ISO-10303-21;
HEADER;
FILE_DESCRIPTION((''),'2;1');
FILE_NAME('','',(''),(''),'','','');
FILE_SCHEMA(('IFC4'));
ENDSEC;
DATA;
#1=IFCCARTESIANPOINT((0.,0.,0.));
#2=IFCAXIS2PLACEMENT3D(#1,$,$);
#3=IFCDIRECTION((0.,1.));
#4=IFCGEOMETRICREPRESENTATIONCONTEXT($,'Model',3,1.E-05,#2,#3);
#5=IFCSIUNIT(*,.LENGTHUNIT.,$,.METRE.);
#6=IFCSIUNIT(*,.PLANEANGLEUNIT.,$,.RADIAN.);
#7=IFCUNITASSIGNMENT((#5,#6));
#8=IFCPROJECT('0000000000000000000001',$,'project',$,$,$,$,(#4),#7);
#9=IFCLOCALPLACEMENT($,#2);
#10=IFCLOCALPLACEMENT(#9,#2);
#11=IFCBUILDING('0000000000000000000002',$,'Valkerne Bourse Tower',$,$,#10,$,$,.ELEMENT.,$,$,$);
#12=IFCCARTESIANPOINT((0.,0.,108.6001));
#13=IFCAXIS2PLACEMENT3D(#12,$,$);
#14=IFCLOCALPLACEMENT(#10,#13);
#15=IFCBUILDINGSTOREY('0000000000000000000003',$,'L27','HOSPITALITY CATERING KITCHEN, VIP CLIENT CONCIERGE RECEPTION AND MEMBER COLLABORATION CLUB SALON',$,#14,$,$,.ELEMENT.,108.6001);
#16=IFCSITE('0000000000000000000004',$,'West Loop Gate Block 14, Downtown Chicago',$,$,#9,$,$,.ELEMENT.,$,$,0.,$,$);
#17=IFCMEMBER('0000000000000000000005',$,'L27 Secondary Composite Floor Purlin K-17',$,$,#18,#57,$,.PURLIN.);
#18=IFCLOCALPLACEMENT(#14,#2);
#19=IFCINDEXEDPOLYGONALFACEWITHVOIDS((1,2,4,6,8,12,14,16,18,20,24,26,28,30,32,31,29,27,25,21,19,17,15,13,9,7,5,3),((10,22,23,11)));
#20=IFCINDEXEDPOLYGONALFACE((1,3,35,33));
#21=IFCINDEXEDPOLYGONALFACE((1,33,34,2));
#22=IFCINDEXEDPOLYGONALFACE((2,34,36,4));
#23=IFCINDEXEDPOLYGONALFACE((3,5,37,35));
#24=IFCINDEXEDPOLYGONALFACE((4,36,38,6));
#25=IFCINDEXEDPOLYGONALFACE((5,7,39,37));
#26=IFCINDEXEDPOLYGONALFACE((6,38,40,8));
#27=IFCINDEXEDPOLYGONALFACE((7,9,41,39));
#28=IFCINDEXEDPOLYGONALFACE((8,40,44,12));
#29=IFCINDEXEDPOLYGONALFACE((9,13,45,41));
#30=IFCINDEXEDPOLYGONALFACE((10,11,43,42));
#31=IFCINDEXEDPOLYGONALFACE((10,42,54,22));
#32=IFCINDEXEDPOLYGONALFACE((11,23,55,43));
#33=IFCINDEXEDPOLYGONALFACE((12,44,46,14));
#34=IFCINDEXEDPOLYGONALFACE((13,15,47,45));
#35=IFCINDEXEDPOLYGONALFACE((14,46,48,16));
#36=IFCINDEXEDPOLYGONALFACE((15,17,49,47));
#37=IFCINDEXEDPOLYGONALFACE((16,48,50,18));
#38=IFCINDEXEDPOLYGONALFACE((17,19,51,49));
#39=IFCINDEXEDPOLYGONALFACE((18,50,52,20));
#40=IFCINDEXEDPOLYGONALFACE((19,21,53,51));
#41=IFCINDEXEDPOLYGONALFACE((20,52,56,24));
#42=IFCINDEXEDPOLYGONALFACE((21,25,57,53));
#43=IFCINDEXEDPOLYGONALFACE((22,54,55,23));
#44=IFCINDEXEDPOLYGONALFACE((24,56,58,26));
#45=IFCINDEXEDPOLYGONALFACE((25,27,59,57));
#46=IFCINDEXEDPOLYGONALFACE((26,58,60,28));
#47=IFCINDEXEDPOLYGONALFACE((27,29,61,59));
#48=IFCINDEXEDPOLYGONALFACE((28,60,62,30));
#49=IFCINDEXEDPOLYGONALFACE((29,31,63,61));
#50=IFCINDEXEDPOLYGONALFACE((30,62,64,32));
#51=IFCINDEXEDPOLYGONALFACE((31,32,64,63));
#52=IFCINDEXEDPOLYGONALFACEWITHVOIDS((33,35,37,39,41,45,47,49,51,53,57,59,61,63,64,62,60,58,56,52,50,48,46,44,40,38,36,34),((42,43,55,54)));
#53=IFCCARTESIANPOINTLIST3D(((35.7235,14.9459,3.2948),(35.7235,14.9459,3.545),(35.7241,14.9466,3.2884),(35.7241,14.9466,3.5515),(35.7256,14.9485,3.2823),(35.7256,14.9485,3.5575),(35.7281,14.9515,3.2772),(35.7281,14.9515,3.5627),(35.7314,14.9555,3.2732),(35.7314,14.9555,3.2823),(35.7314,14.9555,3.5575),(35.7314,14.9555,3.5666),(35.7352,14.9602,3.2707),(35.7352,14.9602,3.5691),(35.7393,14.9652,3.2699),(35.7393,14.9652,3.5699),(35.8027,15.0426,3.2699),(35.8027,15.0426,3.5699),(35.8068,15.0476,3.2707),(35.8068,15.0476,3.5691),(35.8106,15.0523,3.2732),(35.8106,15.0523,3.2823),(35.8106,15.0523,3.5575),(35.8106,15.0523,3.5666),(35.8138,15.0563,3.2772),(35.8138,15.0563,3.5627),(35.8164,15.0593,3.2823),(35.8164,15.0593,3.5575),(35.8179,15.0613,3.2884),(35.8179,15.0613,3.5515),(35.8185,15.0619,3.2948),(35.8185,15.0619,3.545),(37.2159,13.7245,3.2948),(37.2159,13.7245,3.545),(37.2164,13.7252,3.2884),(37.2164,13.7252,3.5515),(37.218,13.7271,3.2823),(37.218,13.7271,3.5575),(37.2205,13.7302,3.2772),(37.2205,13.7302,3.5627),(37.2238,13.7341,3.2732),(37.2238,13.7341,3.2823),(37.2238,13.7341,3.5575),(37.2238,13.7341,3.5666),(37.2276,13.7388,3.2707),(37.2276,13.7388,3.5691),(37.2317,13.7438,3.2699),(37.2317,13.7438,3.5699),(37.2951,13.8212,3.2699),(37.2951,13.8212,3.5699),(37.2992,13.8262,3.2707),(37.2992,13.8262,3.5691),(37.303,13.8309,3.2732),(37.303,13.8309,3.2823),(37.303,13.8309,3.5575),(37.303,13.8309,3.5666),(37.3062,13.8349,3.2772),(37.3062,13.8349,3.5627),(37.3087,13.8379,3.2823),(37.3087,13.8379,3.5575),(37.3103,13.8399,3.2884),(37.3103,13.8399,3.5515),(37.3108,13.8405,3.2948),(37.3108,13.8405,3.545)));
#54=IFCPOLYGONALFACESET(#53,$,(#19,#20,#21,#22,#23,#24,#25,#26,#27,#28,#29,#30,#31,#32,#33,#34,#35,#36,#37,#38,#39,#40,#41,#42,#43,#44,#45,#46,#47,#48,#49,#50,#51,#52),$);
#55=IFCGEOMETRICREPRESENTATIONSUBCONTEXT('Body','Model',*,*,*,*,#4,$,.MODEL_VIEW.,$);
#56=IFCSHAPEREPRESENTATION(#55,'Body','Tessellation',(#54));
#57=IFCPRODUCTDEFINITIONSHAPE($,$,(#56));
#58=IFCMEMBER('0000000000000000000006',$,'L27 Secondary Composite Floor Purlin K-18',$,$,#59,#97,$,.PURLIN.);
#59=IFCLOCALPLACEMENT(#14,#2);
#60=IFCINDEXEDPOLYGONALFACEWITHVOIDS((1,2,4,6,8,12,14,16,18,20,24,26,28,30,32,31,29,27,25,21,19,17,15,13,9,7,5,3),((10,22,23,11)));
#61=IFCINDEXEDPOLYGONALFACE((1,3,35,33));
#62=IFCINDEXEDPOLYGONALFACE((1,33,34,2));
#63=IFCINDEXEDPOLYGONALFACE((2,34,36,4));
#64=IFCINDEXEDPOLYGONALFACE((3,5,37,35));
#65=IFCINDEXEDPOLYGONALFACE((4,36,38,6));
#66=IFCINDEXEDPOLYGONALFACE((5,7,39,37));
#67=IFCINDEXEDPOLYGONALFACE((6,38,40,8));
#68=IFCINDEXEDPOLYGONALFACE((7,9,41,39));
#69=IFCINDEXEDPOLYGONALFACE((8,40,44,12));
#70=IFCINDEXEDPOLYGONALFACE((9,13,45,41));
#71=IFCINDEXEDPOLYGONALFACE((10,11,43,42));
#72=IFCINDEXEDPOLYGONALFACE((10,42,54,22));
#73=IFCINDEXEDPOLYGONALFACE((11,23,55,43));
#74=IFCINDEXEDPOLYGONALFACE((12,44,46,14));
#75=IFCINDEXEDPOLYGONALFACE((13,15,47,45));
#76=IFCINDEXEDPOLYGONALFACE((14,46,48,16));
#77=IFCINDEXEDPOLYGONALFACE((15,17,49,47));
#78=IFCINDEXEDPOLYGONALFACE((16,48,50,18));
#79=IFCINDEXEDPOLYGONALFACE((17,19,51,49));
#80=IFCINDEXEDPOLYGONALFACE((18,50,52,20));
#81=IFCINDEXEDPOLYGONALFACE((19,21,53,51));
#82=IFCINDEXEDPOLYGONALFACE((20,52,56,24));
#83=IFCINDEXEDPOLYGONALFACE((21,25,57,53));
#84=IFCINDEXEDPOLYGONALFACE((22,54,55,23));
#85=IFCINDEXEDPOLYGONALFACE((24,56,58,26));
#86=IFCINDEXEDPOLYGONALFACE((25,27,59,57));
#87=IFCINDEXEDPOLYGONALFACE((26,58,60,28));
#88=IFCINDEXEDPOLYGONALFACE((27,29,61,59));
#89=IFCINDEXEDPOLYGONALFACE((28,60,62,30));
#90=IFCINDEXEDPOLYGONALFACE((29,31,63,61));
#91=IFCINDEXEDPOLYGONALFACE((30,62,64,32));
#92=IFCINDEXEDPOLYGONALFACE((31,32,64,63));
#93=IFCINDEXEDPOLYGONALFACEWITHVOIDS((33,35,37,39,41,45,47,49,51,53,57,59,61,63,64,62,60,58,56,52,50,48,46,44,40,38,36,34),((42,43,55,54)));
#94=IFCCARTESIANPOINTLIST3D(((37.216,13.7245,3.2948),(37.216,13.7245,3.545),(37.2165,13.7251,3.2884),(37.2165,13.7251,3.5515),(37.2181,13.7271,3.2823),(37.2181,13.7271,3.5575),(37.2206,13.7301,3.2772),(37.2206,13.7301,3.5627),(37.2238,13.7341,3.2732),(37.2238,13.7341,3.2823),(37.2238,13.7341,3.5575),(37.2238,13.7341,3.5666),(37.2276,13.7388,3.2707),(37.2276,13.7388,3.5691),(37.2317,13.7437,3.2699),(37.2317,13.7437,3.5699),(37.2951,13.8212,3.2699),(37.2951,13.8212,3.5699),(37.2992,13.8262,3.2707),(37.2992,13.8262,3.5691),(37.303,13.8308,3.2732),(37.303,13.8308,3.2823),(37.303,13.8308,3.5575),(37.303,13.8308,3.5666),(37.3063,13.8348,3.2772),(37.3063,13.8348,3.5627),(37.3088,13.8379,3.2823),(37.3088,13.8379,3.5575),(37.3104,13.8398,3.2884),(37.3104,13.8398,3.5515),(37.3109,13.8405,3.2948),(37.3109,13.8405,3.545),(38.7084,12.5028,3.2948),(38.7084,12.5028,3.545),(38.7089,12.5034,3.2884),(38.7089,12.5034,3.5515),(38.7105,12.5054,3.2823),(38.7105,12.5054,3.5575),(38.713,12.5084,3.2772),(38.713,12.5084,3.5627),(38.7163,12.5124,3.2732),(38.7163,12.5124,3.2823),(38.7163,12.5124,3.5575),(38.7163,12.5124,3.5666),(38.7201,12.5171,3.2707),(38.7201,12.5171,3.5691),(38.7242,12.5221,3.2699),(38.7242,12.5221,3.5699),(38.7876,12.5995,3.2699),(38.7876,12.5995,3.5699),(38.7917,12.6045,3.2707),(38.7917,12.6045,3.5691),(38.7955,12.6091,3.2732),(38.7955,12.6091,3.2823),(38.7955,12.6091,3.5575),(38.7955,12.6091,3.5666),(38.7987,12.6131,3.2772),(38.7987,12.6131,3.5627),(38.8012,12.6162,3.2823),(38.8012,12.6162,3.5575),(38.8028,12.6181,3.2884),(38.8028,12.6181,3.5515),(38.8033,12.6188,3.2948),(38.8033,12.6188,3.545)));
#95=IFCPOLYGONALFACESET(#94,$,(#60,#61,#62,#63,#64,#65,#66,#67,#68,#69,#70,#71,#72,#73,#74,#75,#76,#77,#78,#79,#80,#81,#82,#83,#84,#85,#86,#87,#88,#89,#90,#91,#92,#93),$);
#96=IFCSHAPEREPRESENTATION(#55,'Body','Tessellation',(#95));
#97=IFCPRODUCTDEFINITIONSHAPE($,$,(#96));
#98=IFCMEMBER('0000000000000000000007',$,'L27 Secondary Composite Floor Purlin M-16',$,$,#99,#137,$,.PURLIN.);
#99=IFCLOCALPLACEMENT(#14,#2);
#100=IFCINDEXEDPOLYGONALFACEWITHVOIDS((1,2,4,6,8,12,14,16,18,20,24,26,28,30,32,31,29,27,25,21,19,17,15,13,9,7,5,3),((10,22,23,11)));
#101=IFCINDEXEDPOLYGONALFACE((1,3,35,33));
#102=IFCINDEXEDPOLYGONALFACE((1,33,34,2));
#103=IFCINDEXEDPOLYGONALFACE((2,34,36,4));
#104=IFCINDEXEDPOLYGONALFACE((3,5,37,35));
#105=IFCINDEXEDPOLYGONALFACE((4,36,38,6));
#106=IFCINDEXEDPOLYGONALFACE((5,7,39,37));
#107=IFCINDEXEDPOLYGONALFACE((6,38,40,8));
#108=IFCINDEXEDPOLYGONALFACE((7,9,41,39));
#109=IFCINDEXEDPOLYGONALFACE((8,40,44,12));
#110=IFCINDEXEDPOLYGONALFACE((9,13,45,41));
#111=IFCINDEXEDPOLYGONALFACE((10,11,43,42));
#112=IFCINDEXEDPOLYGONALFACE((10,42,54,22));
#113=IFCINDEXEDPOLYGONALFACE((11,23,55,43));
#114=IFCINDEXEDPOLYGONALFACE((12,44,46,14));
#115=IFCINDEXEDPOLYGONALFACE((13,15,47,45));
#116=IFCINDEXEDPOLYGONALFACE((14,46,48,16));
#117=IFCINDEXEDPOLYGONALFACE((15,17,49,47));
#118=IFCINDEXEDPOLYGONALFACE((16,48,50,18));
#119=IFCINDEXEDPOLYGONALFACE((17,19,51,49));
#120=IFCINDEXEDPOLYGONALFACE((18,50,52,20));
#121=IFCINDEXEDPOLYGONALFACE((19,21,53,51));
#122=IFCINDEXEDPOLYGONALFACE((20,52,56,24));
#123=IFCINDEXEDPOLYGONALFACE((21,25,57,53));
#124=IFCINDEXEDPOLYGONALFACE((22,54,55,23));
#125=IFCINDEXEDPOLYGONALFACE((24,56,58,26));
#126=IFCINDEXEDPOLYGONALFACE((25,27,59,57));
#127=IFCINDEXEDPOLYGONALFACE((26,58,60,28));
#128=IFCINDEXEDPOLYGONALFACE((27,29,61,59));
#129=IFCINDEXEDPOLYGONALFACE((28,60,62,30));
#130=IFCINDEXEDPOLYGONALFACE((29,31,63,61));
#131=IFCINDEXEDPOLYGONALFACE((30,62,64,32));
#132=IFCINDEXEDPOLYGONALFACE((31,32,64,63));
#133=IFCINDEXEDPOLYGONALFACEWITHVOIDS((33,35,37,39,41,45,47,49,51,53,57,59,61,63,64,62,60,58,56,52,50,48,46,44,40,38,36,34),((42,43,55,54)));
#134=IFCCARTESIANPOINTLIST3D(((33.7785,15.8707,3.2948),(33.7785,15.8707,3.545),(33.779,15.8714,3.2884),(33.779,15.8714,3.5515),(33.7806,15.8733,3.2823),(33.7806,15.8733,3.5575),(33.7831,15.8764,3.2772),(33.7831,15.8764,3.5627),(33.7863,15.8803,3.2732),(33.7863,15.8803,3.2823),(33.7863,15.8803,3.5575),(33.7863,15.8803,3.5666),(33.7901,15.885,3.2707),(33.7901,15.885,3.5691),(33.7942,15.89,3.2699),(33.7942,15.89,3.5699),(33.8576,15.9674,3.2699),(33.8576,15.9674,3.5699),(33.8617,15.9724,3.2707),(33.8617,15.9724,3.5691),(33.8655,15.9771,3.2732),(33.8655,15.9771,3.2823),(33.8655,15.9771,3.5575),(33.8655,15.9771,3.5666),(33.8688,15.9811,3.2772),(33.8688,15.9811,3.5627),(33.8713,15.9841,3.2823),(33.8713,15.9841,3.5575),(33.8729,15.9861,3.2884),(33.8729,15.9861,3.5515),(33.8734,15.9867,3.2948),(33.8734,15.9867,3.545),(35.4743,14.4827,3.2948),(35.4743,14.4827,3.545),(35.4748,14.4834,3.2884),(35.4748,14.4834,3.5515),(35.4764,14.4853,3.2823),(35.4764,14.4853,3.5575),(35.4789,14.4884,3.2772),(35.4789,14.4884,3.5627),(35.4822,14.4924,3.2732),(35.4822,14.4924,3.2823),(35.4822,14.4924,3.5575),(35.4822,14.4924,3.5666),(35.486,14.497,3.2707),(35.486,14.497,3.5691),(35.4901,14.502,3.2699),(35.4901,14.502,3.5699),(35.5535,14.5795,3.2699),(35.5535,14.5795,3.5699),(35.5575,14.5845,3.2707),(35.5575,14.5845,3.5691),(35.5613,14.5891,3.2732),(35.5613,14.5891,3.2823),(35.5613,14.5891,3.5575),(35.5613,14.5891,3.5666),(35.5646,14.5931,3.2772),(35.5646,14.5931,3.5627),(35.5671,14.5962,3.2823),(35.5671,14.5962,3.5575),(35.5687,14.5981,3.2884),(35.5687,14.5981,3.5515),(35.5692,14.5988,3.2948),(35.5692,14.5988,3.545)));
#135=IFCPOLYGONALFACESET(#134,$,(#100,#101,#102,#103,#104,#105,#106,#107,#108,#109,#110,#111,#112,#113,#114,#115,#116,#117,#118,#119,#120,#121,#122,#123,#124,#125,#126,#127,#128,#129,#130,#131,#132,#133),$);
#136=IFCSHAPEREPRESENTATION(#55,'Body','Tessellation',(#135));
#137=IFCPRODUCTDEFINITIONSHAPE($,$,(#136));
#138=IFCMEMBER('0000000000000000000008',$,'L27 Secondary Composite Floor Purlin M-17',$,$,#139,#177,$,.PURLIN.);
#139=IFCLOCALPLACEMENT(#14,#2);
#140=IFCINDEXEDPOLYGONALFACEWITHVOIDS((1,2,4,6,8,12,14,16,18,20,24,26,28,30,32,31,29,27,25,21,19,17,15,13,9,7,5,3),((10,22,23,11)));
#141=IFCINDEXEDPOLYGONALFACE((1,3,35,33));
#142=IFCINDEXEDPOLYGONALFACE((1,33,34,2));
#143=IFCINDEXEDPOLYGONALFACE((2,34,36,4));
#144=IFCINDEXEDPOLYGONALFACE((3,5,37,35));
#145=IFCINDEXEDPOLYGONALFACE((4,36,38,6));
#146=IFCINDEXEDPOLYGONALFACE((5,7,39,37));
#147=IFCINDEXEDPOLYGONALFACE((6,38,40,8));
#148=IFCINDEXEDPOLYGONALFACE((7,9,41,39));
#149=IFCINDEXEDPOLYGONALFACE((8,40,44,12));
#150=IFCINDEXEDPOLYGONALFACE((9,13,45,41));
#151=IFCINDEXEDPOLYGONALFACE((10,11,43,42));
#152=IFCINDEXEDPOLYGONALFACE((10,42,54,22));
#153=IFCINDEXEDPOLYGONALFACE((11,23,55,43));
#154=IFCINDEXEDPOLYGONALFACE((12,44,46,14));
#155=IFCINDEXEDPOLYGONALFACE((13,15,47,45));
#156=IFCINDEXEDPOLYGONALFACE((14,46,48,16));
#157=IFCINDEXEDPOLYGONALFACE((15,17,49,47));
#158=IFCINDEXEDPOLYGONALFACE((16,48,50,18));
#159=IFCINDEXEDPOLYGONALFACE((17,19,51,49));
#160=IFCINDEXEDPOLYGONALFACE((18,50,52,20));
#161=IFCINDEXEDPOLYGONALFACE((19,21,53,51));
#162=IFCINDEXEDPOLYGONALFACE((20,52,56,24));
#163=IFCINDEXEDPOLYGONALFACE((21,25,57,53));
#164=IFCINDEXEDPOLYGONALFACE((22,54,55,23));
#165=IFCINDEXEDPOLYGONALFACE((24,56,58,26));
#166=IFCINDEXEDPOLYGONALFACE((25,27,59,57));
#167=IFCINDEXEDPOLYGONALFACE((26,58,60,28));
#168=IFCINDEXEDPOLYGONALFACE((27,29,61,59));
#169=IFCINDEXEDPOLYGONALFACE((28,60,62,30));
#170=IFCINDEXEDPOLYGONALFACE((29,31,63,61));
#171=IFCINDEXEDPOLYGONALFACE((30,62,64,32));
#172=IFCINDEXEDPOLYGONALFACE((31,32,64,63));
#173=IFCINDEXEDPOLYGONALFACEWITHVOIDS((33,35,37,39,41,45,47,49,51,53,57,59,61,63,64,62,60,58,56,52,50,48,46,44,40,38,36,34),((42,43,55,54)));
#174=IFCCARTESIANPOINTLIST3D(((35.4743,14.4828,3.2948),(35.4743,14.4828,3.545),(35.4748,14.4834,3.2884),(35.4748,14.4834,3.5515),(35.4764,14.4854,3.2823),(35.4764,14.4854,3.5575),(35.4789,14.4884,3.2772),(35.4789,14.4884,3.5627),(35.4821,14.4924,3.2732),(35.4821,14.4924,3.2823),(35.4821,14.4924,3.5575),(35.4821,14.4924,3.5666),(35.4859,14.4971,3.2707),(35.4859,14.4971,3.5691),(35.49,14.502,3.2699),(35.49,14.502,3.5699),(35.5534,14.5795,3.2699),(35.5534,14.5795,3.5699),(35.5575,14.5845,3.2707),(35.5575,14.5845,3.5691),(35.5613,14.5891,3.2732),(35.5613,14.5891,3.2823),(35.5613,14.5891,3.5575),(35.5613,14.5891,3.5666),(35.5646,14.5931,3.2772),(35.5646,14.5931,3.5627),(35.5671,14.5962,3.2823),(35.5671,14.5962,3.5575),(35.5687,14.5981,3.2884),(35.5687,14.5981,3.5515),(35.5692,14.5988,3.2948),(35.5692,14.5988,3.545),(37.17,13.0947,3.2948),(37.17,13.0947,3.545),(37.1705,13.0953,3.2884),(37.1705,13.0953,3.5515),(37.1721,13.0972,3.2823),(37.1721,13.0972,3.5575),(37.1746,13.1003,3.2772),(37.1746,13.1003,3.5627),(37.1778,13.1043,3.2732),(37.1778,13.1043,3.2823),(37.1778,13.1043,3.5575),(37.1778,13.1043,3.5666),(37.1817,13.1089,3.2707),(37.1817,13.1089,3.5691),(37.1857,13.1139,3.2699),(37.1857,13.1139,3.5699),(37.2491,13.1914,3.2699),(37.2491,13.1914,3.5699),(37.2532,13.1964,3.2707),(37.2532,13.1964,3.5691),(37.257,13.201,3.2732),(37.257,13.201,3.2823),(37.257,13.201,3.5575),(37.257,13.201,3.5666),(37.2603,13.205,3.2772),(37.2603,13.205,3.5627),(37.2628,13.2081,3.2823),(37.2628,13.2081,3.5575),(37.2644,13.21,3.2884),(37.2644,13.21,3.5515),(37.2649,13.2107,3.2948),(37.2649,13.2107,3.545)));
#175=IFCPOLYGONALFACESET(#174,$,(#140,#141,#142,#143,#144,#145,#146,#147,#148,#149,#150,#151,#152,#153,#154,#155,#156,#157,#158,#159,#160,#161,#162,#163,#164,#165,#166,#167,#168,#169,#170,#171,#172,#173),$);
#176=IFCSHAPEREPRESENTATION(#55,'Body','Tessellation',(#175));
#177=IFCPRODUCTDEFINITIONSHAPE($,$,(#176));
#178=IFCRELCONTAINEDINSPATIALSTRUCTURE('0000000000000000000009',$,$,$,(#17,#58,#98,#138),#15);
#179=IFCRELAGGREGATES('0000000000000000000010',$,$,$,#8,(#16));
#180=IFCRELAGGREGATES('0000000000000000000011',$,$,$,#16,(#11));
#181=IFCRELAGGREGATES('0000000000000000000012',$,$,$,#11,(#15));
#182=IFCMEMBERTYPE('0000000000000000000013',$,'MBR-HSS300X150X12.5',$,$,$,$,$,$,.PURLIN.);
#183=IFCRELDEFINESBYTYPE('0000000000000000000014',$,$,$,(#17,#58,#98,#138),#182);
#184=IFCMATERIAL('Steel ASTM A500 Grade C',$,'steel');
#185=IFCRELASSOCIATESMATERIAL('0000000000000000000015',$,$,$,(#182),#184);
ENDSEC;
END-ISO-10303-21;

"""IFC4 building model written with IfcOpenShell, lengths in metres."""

from ifc_helpers import new_model, si_unit, direction, frame, origin, origin_2d, place, context, subcontext, project, spatial, hollow_rectangle, extrude, material, material_profile, profile_set, type_object, element, save


model = new_model("IFC4")

# Units and contexts
model_context = context("Model", 3, precision=1e-05, world=origin(), true_north=direction((0.0, 1.0)))
body_context = subcontext(model_context, "Body", "Model", "MODEL_VIEW")
ifc_project = project(units=[si_unit("LENGTHUNIT", "METRE"), si_unit("PLANEANGLEUNIT", "RADIAN")], contexts=[model_context])

# Site, building, storey
site_placement = place(None, origin())
site = spatial("IfcSite", under=ifc_project, at=site_placement, Name="West Loop Gate Block 14, Downtown Chicago", CompositionType="ELEMENT", RefElevation=0.0)
building_placement = place(site_placement, origin())
building = spatial("IfcBuilding", under=site, at=building_placement, Name="Valkerne Bourse Tower", CompositionType="ELEMENT")
storey_placement = place(building_placement, frame((0.0, 0.0, 108.6001)))
storey = spatial("IfcBuildingStorey", under=building, at=storey_placement, Name="L27", Description="HOSPITALITY CATERING KITCHEN, VIP CLIENT CONCIERGE RECEPTION AND MEMBER COLLABORATION CLUB SALON", CompositionType="ELEMENT", Elevation=108.6001)

# Members
ifc_material_1 = material(Name="Steel ASTM A500 Grade C", Category="steel")
ifc_material_profile_1 = material_profile(ifc_material_1, hollow_rectangle(XDim=0.1499, YDim=0.3, WallThickness=0.0125, OuterFilletRadius=0.0249, at=origin_2d()), Name="HSS300X150X12.5")
ifc_profile_set_1 = profile_set([ifc_material_profile_1], Name="Steel ASTM A500 Grade C")
member_type_1 = type_object("IfcMemberType", Name="MBR-HSS300X150X12.5", PredefinedType="PURLIN", material=ifc_profile_set_1)
for number, where, z_axis, x_axis, name in (
    (1, (35.771, 15.0039, 3.4199), (0.773867, -0.633348, 0.0), (0.633348, 0.773867, 0.0), "L27 Secondary Composite Floor Purlin K-17"),
):
    element("IfcMember", number, at=place(storey_placement, frame(where, z_axis=z_axis, x_axis=x_axis)), inside=storey, type_object=member_type_1, Name=name, PredefinedType="PURLIN", context=body_context, shape_type="SweptSolid", body=[
        extrude(hollow_rectangle(XDim=0.1499, YDim=0.3, WallThickness=0.0125, OuterFilletRadius=0.0249, at=origin_2d()), origin(), (0.0, 0.0, 1.0), 1.9285),
    ])
member_1_placement = place(storey_placement, frame((37.2634, 13.7825, 3.4199), z_axis=(0.773805, -0.633424, 0.0), x_axis=(0.633424, 0.773805, 0.0)))
element("IfcMember", 2, at=member_1_placement, inside=storey, type_object=member_type_1, Name="L27 Secondary Composite Floor Purlin K-18", PredefinedType="PURLIN", context=body_context, shape_type="SweptSolid", body=[
    extrude(hollow_rectangle(XDim=0.1499, YDim=0.3, WallThickness=0.0125, OuterFilletRadius=0.0249, at=origin_2d()), origin(), (0.0, 0.0, 1.0), 1.9287),
])
for number, where, z_axis, x_axis, name in (
    (3, (33.8259, 15.9287, 3.4199), (0.773853, -0.633365, 0.0), (0.633365, 0.773853, 0.0), "L27 Secondary Composite Floor Purlin M-16"),
    (4, (35.5217, 14.5408, 3.4199), (0.773798, -0.633432, 0.0), (0.633432, 0.773798, 0.0), "L27 Secondary Composite Floor Purlin M-17"),
):
    element("IfcMember", number, at=place(storey_placement, frame(where, z_axis=z_axis, x_axis=x_axis)), inside=storey, type_object=member_type_1, Name=name, PredefinedType="PURLIN", context=body_context, shape_type="SweptSolid", body=[
        extrude(hollow_rectangle(XDim=0.1499, YDim=0.3, WallThickness=0.0125, OuterFilletRadius=0.0249, at=origin_2d()), origin(), (0.0, 0.0, 1.0), 2.1914),
    ])

save(model, "model.ifc")
